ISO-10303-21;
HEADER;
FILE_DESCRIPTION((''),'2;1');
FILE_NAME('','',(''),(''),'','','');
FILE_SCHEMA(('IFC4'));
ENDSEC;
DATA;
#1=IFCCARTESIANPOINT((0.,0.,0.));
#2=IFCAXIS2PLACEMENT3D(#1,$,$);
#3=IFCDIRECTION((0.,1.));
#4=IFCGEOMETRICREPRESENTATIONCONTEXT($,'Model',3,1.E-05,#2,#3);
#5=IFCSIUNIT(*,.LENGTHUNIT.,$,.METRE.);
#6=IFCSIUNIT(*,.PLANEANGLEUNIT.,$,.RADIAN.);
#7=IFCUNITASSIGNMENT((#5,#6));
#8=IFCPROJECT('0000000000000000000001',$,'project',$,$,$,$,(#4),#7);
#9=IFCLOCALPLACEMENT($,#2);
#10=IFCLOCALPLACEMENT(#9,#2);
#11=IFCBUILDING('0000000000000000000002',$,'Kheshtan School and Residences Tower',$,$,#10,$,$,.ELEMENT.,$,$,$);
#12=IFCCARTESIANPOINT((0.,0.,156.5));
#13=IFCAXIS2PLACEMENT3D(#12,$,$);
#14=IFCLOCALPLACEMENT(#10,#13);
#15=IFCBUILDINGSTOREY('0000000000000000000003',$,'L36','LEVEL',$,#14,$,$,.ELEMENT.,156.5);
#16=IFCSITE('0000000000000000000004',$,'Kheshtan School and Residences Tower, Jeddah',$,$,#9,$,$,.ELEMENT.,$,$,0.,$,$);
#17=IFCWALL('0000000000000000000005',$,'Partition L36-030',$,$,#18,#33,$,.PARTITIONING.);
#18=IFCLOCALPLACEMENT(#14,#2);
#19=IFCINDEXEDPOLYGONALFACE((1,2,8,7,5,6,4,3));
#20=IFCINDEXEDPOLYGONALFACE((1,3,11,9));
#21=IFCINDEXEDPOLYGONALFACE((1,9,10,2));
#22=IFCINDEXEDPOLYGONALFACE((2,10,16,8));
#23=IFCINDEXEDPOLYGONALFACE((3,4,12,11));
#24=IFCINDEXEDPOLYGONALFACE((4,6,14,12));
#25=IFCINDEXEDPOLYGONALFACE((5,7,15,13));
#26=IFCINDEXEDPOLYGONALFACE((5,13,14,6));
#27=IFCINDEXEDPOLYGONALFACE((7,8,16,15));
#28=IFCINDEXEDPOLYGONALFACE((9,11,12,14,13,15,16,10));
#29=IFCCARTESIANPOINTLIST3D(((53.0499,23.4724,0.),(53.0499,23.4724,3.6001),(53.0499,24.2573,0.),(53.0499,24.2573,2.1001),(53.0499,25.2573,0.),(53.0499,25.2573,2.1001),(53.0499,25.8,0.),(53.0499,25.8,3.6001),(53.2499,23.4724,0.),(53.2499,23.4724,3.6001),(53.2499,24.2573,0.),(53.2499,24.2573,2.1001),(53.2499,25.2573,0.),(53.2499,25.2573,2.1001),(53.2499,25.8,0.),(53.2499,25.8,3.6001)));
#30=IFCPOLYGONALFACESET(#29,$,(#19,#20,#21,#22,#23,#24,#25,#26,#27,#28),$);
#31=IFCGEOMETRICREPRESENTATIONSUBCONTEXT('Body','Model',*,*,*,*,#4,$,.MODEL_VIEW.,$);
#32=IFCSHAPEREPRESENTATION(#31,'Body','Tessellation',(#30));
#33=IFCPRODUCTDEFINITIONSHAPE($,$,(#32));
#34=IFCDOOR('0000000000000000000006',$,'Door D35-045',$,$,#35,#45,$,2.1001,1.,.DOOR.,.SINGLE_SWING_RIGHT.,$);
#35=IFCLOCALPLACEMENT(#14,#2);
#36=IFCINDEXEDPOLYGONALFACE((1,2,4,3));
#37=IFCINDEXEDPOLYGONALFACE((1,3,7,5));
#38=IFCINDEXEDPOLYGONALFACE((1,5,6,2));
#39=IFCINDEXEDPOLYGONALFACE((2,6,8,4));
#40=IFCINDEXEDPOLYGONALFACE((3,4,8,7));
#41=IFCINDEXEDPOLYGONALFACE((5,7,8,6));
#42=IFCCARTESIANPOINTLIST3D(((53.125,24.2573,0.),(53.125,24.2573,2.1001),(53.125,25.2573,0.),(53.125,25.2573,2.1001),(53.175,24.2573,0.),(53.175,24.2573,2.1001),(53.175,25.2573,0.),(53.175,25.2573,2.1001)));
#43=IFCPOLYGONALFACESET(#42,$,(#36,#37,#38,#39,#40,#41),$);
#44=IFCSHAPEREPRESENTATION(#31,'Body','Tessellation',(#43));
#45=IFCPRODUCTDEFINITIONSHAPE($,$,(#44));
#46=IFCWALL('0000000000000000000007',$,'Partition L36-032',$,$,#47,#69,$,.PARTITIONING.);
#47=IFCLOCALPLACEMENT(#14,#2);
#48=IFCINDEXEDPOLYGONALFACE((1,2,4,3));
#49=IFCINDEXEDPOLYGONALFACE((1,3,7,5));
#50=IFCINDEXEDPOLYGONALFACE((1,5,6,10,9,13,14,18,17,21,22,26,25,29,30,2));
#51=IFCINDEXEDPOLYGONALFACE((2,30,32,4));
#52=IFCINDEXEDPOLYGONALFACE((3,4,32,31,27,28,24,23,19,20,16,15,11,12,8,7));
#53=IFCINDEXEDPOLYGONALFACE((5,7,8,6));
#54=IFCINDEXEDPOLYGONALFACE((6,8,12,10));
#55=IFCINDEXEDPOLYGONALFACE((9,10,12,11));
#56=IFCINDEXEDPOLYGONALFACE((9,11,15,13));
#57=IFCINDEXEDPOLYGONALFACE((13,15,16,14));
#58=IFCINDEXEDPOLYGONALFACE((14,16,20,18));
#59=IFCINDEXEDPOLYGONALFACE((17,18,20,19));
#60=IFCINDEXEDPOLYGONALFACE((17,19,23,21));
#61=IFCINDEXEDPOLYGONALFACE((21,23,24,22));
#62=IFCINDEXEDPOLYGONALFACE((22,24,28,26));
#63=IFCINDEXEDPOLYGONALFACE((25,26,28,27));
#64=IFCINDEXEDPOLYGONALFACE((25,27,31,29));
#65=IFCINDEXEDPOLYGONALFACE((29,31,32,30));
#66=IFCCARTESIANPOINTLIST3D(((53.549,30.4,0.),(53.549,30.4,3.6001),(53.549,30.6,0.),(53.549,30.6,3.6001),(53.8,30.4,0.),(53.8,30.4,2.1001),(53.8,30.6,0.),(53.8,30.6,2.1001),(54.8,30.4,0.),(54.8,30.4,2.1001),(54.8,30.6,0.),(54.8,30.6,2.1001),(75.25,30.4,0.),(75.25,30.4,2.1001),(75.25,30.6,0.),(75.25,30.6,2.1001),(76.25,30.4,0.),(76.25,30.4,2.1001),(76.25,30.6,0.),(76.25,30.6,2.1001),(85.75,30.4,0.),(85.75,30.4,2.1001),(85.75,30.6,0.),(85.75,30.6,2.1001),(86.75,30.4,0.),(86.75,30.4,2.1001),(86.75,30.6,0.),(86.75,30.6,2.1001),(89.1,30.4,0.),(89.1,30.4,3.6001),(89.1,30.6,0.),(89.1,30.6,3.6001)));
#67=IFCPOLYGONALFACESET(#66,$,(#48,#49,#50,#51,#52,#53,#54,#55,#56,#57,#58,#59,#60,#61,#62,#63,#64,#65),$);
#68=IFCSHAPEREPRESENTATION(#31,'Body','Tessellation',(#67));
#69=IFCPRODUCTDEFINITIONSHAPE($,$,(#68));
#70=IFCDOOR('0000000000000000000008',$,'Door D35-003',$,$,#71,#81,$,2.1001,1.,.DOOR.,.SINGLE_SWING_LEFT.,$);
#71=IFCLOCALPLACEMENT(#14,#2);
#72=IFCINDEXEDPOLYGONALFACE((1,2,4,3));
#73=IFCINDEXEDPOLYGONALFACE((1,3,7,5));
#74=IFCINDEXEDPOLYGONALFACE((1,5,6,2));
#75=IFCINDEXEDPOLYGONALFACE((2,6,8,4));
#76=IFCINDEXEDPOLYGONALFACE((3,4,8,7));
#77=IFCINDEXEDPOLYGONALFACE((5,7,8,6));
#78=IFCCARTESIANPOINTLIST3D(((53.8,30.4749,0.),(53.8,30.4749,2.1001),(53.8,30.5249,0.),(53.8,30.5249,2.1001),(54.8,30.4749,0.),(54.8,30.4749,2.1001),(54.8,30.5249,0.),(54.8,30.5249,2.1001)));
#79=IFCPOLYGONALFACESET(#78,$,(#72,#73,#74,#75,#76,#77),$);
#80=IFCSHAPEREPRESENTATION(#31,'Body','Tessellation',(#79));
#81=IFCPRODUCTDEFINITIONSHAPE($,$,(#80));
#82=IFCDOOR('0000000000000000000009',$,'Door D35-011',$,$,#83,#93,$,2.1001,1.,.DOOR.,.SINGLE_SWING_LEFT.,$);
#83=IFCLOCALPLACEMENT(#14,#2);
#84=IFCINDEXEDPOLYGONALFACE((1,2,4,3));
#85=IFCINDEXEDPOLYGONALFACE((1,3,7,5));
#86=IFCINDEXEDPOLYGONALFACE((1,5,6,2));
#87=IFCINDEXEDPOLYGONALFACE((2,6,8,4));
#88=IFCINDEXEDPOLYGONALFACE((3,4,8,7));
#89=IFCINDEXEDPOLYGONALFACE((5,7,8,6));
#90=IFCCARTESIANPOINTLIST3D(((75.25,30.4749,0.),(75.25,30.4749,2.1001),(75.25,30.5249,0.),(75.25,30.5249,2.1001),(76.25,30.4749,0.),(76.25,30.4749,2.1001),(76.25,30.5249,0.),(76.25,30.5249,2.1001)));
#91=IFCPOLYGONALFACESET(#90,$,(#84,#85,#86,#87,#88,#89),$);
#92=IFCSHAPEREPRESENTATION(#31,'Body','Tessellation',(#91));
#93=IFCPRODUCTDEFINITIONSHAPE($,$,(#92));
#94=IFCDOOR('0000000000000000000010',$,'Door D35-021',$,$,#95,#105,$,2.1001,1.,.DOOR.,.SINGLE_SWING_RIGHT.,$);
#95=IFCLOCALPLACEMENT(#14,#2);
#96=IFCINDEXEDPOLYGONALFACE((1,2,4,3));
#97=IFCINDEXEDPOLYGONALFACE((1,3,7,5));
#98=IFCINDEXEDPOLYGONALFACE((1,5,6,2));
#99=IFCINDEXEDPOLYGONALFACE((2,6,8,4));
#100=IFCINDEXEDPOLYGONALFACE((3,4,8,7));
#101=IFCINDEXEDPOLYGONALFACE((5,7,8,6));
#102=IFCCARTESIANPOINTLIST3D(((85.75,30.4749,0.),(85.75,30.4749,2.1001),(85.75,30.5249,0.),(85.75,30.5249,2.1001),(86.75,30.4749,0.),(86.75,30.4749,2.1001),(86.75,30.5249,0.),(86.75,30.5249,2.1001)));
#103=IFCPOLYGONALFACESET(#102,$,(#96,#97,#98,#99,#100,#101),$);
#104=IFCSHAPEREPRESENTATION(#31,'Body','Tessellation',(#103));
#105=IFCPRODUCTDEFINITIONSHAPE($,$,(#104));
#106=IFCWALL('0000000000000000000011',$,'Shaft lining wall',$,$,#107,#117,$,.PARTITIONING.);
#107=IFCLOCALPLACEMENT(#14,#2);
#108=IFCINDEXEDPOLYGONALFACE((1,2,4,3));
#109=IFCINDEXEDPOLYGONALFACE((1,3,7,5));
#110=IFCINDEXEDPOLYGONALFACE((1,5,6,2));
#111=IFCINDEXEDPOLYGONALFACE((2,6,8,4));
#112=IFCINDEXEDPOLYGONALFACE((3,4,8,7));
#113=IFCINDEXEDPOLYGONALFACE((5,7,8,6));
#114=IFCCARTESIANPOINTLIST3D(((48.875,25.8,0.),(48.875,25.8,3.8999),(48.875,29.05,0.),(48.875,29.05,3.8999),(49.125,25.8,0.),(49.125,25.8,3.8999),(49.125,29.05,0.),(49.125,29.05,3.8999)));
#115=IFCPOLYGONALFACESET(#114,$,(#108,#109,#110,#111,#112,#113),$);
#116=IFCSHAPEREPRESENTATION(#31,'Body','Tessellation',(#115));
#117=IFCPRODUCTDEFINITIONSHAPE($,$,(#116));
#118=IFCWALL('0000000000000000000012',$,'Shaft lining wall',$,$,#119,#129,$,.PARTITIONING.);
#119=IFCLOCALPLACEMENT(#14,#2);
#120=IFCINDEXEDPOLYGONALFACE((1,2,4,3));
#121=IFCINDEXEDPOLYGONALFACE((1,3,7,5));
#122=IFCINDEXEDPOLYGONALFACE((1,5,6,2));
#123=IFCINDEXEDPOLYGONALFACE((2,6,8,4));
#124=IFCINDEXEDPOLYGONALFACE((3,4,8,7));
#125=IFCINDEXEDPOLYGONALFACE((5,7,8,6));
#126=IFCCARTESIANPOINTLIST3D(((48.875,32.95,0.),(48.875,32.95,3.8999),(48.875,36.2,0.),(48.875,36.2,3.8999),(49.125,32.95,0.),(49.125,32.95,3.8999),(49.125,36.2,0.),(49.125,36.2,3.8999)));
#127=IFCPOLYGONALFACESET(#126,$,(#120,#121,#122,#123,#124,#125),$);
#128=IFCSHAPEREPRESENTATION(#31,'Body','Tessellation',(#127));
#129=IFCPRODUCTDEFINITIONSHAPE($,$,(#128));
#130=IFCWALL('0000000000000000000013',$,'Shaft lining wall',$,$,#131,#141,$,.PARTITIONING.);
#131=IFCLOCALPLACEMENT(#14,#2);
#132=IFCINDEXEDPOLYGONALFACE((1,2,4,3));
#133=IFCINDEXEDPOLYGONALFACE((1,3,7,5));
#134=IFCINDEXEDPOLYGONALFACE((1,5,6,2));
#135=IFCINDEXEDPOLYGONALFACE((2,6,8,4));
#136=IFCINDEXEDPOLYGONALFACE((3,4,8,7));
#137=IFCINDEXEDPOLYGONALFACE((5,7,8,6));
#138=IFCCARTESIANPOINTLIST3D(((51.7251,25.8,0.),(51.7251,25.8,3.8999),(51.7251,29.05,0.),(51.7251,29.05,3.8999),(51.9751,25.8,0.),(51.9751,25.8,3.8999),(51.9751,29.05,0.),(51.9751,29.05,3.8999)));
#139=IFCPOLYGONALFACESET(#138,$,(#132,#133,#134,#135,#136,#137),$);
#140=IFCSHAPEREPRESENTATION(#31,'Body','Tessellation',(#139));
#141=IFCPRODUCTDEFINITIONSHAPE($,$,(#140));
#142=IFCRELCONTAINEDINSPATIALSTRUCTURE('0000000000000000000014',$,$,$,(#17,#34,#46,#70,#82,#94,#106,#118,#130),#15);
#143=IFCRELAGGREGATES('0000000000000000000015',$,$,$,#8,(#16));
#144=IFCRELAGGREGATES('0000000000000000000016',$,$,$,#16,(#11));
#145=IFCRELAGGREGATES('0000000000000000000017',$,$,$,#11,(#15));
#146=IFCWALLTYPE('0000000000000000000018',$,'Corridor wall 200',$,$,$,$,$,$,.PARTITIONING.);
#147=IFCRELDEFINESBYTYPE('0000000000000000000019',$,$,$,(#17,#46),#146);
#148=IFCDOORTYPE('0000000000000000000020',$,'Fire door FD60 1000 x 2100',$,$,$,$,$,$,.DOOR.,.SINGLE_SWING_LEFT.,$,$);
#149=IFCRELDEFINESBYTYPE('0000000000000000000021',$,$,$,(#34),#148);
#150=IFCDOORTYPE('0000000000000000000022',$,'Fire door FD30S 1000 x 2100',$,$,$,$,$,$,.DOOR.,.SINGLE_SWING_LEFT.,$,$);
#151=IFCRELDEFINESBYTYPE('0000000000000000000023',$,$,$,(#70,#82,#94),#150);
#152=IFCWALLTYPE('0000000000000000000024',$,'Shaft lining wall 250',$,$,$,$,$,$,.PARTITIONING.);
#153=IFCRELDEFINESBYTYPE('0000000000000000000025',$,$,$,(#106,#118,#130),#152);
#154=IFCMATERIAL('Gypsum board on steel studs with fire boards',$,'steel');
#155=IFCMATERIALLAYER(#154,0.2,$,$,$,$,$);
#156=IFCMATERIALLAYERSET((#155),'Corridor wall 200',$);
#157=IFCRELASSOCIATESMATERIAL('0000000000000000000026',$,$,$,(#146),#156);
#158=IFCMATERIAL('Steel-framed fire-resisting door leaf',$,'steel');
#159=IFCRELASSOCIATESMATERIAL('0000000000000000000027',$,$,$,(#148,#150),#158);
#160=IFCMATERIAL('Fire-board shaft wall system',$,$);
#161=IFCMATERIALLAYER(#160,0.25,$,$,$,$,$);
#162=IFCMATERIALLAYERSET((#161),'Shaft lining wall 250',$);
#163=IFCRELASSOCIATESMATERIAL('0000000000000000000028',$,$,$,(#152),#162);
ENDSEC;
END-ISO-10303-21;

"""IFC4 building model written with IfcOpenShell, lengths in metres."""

from ifc_helpers import new_model, si_unit, direction, frame, frame_2d, origin, place, context, subcontext, project, spatial, rectangle, extrude, source, transform, mapped, material, layer, layer_set, type_object, element, fill, save


model = new_model("IFC4")

# Units and contexts
model_context = context("Model", 3, precision=1e-05, world=origin(), true_north=direction((0.0, 1.0)))
body_context = subcontext(model_context, "Body", "Model", "MODEL_VIEW")
ifc_project = project(units=[si_unit("LENGTHUNIT", "METRE"), si_unit("PLANEANGLEUNIT", "RADIAN")], contexts=[model_context])

# Site, building, storey
site_placement = place(None, origin())
site = spatial("IfcSite", under=ifc_project, at=site_placement, Name="Kheshtan School and Residences Tower, Jeddah", CompositionType="ELEMENT", RefElevation=0.0)
building_placement = place(site_placement, origin())
building = spatial("IfcBuilding", under=site, at=building_placement, Name="Kheshtan School and Residences Tower", CompositionType="ELEMENT")
storey_placement = place(building_placement, frame((0.0, 0.0, 156.5)))
storey = spatial("IfcBuildingStorey", under=building, at=storey_placement, Name="L36", Description="LEVEL", CompositionType="ELEMENT", Elevation=156.5)

# Wall, opening, door
ifc_material_1 = material(Name="Gypsum board on steel studs with fire boards", Category="steel")
ifc_layer_1 = layer(ifc_material_1, 0.2)
ifc_layer_set_1 = layer_set([ifc_layer_1], Name="Corridor wall 200")
wall_type_1 = type_object("IfcWallType", Name="Corridor wall 200", PredefinedType="PARTITIONING", material=ifc_layer_set_1)
wall_1_placement = place(storey_placement, frame((53.1499, 23.4724, 0.0), z_axis=(0.0, 0.0, 1.0), x_axis=(0.0, 1.0, 0.0)))
wall_1 = element("IfcWall", 1, at=wall_1_placement, inside=storey, type_object=wall_type_1, Name="Partition L36-030", PredefinedType="PARTITIONING", context=body_context, shape_type="SweptSolid", body=[
    extrude(rectangle(XDim=2.3276, YDim=0.2, at=frame_2d((1.1638, 0.0))), origin(), (0.0, 0.0, 1.0), 3.6001),
])
opening_1_placement = place(wall_1_placement, frame((0.7849, 0.0, 0.0)))
opening_1 = element("IfcOpeningElement", 2, at=opening_1_placement, cuts=wall_1, PredefinedType="OPENING", context=body_context, shape_type="SweptSolid", body=[
    extrude(rectangle(XDim=1.0, YDim=2.1001, at=frame_2d((0.5, 1.05))), frame((0.0, 0.1099, 0.0), z_axis=(0.0, -1.0, 0.0), x_axis=(1.0, 0.0, 0.0)), (0.0, 0.0, 1.0), 0.22),
])
ifc_material_2 = material(Name="Steel-framed fire-resisting door leaf", Category="steel")
door_type_1 = type_object("IfcDoorType", Name="Fire door FD60 1000 x 2100", OperationType="SINGLE_SWING_LEFT", PredefinedType="DOOR", material=ifc_material_2)
shared_shape_1 = source(origin(), body_context, "Body", "SweptSolid", [
    extrude(rectangle(XDim=1.0, YDim=2.1001, at=frame_2d((0.5, 1.05))), frame((0.0, 0.0249, 0.0), z_axis=(0.0, -1.0, 0.0), x_axis=(1.0, 0.0, 0.0)), (0.0, 0.0, 1.0), 0.05),
])
door_1_placement = place(opening_1_placement, origin())
door_1 = element("IfcDoor", 3, at=door_1_placement, inside=storey, type_object=door_type_1, Name="Door D35-045", OperationType="SINGLE_SWING_RIGHT", OverallHeight=2.1001, OverallWidth=1.0, PredefinedType="DOOR", context=body_context, shape_type="MappedRepresentation", body=[
    mapped(shared_shape_1, transform((0.0, 0.0, 0.0), x_axis=(1.0, 0.0, 0.0), y_axis=(0.0, 1.0, 0.0), z_axis=(0.0, 0.0, 1.0), scale=1.0)),
])
fill(opening_1, door_1)

# Wall, openings, doors
wall_2_placement = place(storey_placement, frame((53.5491, 30.5, 0.0), z_axis=(0.0, 0.0, 1.0), x_axis=(1.0, 0.0, 0.0)))
wall_2 = element("IfcWall", 4, at=wall_2_placement, inside=storey, type_object=wall_type_1, Name="Partition L36-032", PredefinedType="PARTITIONING", context=body_context, shape_type="SweptSolid", body=[
    extrude(rectangle(XDim=35.551, YDim=0.2, at=frame_2d((17.7754, 0.0))), origin(), (0.0, 0.0, 1.0), 3.6001),
])
opening_2_placement = place(wall_2_placement, frame((0.251, 0.0, 0.0)))
opening_2 = element("IfcOpeningElement", 5, at=opening_2_placement, cuts=wall_2, PredefinedType="OPENING", context=body_context, shape_type="SweptSolid", body=[
    extrude(rectangle(XDim=1.0, YDim=2.1001, at=frame_2d((0.5, 1.05))), frame((0.0, 0.1099, 0.0), z_axis=(0.0, -1.0, 0.0), x_axis=(1.0, 0.0, 0.0)), (0.0, 0.0, 1.0), 0.22),
])
opening_3_placement = place(wall_2_placement, frame((21.7009, 0.0, 0.0)))
opening_3 = element("IfcOpeningElement", 6, at=opening_3_placement, cuts=wall_2, PredefinedType="OPENING", context=body_context, shape_type="SweptSolid", body=[
    extrude(rectangle(XDim=1.0, YDim=2.1001, at=frame_2d((0.5, 1.05))), frame((0.0, 0.1099, 0.0), z_axis=(0.0, -1.0, 0.0), x_axis=(1.0, 0.0, 0.0)), (0.0, 0.0, 1.0), 0.22),
])
opening_4_placement = place(wall_2_placement, frame((32.2009, 0.0, 0.0)))
opening_4 = element("IfcOpeningElement", 7, at=opening_4_placement, cuts=wall_2, PredefinedType="OPENING", context=body_context, shape_type="SweptSolid", body=[
    extrude(rectangle(XDim=1.0, YDim=2.1001, at=frame_2d((0.5, 1.05))), frame((0.0, 0.1099, 0.0), z_axis=(0.0, -1.0, 0.0), x_axis=(1.0, 0.0, 0.0)), (0.0, 0.0, 1.0), 0.22),
])
door_type_2 = type_object("IfcDoorType", Name="Fire door FD30S 1000 x 2100", OperationType="SINGLE_SWING_LEFT", PredefinedType="DOOR", material=ifc_material_2)
shared_shape_2 = source(origin(), body_context, "Body", "SweptSolid", [
    extrude(rectangle(XDim=1.0, YDim=2.1001, at=frame_2d((0.5, 1.05))), frame((0.0, 0.0249, 0.0), z_axis=(0.0, -1.0, 0.0), x_axis=(1.0, 0.0, 0.0)), (0.0, 0.0, 1.0), 0.05),
])
door_2_placement = place(opening_2_placement, origin())
door_2 = element("IfcDoor", 8, at=door_2_placement, inside=storey, type_object=door_type_2, Name="Door D35-003", OperationType="SINGLE_SWING_LEFT", OverallHeight=2.1001, OverallWidth=1.0, PredefinedType="DOOR", context=body_context, shape_type="MappedRepresentation", body=[
    mapped(shared_shape_2, transform((0.0, 0.0, 0.0), x_axis=(1.0, 0.0, 0.0), y_axis=(0.0, 1.0, 0.0), z_axis=(0.0, 0.0, 1.0), scale=1.0)),
])
fill(opening_2, door_2)
door_3_placement = place(opening_3_placement, origin())
door_3 = element("IfcDoor", 9, at=door_3_placement, inside=storey, type_object=door_type_2, Name="Door D35-011", OperationType="SINGLE_SWING_LEFT", OverallHeight=2.1001, OverallWidth=1.0, PredefinedType="DOOR", context=body_context, shape_type="MappedRepresentation", body=[
    mapped(shared_shape_2, transform((0.0, 0.0, 0.0), x_axis=(1.0, 0.0, 0.0), y_axis=(0.0, 1.0, 0.0), z_axis=(0.0, 0.0, 1.0), scale=1.0)),
])
fill(opening_3, door_3)
door_4_placement = place(opening_4_placement, origin())
door_4 = element("IfcDoor", 10, at=door_4_placement, inside=storey, type_object=door_type_2, Name="Door D35-021", OperationType="SINGLE_SWING_RIGHT", OverallHeight=2.1001, OverallWidth=1.0, PredefinedType="DOOR", context=body_context, shape_type="MappedRepresentation", body=[
    mapped(shared_shape_2, transform((0.0, 0.0, 0.0), x_axis=(1.0, 0.0, 0.0), y_axis=(0.0, 1.0, 0.0), z_axis=(0.0, 0.0, 1.0), scale=1.0)),
])
fill(opening_4, door_4)

# Walls
ifc_material_3 = material(Name="Fire-board shaft wall system")
ifc_layer_2 = layer(ifc_material_3, 0.25)
ifc_layer_set_2 = layer_set([ifc_layer_2], Name="Shaft lining wall 250")
wall_type_2 = type_object("IfcWallType", Name="Shaft lining wall 250", PredefinedType="PARTITIONING", material=ifc_layer_set_2)
for number, where, z_axis, x_axis, name in (
    (11, (49.0, 25.8, 0.0), (0.0, 0.0, 1.0), (0.0, 1.0, 0.0), "Shaft lining wall"),
    (12, (49.0, 32.95, 0.0), (0.0, 0.0, 1.0), (0.0, 1.0, 0.0), "Shaft lining wall"),
    (13, (51.8501, 25.8, 0.0), (0.0, 0.0, 1.0), (0.0, 1.0, 0.0), "Shaft lining wall"),
):
    element("IfcWall", number, at=place(storey_placement, frame(where, z_axis=z_axis, x_axis=x_axis)), inside=storey, type_object=wall_type_2, Name=name, PredefinedType="PARTITIONING", context=body_context, shape_type="SweptSolid", body=[
        extrude(rectangle(XDim=3.25, YDim=0.25, at=frame_2d((1.625, 0.0))), origin(), (0.0, 0.0, 1.0), 3.8999),
    ])

save(model, "model.ifc")
